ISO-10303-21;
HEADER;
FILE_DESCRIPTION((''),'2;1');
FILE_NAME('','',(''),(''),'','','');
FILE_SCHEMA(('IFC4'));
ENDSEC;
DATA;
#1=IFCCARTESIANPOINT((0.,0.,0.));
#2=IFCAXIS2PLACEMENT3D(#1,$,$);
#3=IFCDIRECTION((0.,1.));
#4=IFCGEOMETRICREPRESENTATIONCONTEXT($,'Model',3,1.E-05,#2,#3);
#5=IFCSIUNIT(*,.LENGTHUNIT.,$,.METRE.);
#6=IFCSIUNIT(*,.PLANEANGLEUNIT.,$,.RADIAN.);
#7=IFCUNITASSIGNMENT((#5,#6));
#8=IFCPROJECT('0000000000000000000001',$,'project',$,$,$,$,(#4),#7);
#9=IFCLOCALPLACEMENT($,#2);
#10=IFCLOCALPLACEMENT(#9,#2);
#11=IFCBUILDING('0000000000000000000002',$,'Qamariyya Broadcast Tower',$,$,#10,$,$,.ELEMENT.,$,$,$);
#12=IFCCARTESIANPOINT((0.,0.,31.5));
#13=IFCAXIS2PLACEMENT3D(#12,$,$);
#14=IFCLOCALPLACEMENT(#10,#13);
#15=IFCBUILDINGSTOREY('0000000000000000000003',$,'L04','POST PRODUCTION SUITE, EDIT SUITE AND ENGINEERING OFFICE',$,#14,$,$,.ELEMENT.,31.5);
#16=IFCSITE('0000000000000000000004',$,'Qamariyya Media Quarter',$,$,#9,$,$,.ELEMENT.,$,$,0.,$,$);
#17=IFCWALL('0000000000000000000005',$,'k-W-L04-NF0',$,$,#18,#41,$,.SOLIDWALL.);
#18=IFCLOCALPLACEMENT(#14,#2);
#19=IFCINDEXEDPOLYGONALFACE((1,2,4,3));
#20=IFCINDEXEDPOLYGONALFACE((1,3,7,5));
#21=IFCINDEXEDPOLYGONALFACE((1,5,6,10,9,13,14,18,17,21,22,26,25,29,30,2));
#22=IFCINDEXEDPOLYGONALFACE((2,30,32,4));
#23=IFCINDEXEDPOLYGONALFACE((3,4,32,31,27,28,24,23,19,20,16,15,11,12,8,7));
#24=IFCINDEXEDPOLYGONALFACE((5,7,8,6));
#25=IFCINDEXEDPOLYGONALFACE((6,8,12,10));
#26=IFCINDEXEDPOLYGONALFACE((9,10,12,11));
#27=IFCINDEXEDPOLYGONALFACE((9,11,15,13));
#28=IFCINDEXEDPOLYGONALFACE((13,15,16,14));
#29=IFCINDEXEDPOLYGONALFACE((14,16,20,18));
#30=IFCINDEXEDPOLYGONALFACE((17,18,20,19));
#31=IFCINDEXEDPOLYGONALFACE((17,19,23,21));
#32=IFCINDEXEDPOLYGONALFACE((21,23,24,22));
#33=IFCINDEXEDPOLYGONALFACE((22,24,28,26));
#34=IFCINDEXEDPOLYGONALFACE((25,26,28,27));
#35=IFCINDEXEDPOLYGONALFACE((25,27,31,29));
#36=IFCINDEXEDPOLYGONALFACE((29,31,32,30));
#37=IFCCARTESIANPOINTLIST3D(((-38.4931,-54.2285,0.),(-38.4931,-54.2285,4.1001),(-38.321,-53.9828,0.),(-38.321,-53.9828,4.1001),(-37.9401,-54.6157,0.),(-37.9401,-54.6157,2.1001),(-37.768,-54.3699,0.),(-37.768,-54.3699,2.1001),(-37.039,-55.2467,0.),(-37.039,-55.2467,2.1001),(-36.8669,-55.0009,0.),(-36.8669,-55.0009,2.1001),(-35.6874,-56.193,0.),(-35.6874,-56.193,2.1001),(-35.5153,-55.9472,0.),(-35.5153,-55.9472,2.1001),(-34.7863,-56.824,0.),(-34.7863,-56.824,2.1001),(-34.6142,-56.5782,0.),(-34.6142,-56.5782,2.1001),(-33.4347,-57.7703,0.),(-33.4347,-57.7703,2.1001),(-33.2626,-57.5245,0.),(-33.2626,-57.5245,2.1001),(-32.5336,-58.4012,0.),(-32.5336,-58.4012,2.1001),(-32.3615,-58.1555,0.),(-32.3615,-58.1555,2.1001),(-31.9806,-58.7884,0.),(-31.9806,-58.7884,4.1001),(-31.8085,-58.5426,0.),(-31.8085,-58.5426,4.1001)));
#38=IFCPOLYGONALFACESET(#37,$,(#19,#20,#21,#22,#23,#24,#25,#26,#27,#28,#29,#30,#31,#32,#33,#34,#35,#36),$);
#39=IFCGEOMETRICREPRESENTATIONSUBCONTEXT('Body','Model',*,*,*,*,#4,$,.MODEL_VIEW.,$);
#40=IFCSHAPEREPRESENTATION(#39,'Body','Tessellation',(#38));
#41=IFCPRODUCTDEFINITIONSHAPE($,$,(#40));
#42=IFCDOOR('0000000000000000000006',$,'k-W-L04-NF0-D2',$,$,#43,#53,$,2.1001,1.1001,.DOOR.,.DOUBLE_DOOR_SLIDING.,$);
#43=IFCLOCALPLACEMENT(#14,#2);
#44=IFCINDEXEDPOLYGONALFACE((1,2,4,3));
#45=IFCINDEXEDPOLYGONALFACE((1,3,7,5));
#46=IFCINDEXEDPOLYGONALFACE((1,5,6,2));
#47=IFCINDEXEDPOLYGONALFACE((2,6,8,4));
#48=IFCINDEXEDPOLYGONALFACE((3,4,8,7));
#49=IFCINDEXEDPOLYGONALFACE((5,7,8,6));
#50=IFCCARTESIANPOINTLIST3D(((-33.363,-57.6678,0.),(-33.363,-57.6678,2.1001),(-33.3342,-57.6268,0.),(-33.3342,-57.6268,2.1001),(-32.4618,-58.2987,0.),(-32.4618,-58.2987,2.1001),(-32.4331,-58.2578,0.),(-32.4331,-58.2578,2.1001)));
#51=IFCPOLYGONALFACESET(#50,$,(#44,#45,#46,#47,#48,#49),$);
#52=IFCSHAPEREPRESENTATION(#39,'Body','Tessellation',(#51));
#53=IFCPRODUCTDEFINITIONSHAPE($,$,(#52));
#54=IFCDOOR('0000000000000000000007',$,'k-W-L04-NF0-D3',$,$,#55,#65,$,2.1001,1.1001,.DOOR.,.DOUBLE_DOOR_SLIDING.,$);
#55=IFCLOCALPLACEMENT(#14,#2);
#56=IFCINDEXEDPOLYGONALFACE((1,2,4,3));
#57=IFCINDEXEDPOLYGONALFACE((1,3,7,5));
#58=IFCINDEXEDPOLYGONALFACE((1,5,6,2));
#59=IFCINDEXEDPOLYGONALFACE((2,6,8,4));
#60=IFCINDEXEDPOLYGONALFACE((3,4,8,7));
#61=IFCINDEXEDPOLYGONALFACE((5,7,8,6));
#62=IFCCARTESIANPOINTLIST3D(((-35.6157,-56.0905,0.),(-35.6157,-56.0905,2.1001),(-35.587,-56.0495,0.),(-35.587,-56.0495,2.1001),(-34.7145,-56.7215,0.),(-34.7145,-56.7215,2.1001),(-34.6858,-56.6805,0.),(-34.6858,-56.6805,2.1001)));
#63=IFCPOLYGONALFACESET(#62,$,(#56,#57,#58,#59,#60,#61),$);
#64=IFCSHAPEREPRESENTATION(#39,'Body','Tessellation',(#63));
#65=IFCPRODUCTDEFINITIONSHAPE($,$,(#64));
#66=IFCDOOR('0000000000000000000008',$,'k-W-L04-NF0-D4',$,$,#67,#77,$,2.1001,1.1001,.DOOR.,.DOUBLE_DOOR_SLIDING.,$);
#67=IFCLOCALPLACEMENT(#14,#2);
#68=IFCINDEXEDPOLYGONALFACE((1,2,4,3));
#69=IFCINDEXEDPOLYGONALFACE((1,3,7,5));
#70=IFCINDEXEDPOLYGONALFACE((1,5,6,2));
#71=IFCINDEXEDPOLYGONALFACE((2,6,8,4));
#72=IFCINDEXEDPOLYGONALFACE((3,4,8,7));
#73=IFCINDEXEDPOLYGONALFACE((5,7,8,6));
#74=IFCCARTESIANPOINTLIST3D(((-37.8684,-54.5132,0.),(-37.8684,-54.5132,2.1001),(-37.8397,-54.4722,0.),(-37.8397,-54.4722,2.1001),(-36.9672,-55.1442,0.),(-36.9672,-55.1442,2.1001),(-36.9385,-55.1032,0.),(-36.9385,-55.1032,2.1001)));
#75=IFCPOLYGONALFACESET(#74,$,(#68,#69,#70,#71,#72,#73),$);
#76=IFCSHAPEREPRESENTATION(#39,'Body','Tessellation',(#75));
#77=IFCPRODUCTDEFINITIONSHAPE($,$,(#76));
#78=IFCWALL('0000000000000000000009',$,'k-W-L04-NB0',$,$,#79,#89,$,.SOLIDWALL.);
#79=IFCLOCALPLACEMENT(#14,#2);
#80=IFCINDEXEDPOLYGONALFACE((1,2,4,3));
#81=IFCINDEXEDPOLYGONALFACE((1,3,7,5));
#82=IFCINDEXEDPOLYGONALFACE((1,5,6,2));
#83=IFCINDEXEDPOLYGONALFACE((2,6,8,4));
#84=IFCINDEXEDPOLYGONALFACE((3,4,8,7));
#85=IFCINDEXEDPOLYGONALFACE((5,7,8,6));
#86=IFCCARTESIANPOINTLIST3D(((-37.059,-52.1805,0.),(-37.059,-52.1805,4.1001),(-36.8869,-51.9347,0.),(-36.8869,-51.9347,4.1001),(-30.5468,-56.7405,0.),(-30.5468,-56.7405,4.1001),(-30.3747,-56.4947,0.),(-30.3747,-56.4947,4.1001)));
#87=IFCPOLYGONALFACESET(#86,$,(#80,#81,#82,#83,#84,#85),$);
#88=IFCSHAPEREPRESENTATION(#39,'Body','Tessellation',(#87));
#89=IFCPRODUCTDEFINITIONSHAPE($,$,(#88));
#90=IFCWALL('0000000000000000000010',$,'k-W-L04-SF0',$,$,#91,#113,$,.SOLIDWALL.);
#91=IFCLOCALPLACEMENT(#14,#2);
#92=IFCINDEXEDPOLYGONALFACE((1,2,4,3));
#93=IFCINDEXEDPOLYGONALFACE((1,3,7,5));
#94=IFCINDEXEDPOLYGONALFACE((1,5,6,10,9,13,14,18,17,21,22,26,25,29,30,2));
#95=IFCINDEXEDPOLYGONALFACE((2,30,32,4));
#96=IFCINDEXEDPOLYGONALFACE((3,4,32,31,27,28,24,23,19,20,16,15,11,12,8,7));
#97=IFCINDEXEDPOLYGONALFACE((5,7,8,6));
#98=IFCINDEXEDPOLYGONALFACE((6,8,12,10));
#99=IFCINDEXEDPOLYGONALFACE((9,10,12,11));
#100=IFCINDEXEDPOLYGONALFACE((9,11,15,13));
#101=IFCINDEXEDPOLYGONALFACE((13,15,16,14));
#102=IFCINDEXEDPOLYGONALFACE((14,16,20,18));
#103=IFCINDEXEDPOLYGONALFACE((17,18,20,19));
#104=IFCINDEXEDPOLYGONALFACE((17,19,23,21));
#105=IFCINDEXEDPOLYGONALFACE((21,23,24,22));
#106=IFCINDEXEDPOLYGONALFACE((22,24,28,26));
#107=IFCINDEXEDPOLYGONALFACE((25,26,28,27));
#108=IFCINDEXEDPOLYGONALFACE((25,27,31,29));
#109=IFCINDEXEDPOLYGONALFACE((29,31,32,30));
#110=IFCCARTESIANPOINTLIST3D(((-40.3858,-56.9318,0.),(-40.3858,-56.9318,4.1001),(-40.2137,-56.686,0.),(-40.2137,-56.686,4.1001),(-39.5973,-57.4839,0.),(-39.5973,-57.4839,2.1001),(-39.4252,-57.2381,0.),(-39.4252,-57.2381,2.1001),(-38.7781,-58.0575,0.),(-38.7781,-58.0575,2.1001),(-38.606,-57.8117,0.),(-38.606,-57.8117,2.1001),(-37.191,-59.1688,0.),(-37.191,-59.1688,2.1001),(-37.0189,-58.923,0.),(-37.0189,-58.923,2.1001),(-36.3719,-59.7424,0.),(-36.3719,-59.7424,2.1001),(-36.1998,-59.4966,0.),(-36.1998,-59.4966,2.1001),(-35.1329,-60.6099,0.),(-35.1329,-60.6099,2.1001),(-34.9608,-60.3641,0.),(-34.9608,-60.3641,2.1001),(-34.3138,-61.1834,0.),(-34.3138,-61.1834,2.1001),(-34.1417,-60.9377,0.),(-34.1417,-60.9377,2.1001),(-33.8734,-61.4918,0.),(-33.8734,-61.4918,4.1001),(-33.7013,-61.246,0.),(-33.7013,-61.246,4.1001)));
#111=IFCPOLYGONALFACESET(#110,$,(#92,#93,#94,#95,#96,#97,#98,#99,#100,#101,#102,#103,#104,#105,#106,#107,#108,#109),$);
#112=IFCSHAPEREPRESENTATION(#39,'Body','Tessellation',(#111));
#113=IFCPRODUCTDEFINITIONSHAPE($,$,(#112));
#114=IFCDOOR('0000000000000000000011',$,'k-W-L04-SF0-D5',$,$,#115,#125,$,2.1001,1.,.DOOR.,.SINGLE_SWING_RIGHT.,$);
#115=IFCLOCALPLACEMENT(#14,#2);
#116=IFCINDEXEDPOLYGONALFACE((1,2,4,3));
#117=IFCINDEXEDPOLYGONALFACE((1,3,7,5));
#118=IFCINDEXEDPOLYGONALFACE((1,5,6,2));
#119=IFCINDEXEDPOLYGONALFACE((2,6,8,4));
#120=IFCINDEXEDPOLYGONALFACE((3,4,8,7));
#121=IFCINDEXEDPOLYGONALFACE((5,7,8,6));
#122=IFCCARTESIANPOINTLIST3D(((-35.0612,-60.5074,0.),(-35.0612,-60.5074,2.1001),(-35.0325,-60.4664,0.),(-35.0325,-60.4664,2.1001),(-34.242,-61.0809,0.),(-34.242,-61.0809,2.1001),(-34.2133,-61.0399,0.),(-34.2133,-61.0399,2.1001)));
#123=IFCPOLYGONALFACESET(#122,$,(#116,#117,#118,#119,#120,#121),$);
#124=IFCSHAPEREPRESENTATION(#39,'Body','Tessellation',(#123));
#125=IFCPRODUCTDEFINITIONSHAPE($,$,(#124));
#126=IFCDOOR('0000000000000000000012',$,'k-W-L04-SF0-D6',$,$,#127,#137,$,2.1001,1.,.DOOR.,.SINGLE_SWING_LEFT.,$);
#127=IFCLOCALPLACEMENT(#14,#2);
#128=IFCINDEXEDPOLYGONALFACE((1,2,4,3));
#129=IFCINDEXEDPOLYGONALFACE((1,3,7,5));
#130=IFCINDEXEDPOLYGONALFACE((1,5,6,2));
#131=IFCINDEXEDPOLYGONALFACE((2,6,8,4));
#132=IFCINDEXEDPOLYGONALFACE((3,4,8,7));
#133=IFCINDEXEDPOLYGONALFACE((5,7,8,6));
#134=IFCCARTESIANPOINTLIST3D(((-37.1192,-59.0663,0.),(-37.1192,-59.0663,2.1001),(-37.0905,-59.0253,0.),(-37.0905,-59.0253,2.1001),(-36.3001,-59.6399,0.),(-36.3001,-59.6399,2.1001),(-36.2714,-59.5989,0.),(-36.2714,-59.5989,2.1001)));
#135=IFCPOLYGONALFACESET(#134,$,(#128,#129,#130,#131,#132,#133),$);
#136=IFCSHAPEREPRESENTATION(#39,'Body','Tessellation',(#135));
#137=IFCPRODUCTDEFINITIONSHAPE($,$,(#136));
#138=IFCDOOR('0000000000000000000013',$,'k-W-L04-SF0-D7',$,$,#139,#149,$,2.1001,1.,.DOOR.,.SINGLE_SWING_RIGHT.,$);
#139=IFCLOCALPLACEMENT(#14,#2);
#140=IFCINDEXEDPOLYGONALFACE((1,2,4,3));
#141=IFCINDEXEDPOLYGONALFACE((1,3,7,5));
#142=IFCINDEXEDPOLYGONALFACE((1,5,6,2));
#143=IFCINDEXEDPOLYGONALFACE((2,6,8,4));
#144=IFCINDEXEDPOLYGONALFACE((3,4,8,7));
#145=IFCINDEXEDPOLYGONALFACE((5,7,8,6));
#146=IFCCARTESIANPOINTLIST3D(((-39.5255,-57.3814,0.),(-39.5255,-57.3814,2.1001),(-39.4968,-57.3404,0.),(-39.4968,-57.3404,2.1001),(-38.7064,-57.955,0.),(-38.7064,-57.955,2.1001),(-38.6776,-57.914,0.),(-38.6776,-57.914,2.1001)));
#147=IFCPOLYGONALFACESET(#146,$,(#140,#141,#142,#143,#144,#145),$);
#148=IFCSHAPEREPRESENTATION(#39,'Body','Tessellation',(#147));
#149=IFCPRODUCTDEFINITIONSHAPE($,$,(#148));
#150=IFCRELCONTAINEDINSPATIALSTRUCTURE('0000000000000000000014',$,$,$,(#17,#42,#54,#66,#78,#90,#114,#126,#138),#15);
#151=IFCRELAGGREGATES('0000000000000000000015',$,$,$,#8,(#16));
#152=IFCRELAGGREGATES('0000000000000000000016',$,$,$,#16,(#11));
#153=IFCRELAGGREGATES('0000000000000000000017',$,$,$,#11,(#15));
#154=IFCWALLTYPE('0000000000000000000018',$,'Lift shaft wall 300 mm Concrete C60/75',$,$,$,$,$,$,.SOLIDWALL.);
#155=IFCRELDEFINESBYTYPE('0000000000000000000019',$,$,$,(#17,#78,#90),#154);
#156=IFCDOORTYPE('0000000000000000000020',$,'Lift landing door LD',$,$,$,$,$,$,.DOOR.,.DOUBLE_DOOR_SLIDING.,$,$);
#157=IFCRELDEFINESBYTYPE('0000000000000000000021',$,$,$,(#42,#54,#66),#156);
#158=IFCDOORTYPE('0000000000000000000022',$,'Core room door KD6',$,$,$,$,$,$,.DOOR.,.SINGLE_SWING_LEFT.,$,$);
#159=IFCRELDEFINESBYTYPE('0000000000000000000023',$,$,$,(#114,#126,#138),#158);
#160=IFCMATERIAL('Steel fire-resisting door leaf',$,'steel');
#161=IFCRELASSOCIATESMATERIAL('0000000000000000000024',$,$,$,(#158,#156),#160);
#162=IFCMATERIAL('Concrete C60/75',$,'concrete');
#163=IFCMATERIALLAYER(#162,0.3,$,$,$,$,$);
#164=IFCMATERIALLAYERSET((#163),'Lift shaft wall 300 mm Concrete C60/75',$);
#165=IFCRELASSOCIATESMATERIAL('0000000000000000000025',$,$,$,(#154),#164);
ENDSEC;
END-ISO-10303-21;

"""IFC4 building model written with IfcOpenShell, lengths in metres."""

from ifc_helpers import new_model, si_unit, direction, frame, frame_2d, origin, place, context, subcontext, project, spatial, rectangle, extrude, material, layer, layer_set, type_object, element, fill, save


model = new_model("IFC4")

# Units and contexts
model_context = context("Model", 3, precision=1e-05, world=origin(), true_north=direction((0.0, 1.0)))
body_context = subcontext(model_context, "Body", "Model", "MODEL_VIEW")
ifc_project = project(units=[si_unit("LENGTHUNIT", "METRE"), si_unit("PLANEANGLEUNIT", "RADIAN")], contexts=[model_context])

# Site, building, storey
site_placement = place(None, origin())
site = spatial("IfcSite", under=ifc_project, at=site_placement, Name="Qamariyya Media Quarter", CompositionType="ELEMENT", RefElevation=0.0)
building_placement = place(site_placement, origin())
building = spatial("IfcBuilding", under=site, at=building_placement, Name="Qamariyya Broadcast Tower", CompositionType="ELEMENT")
storey_placement = place(building_placement, frame((0.0, 0.0, 31.5)))
storey = spatial("IfcBuildingStorey", under=building, at=storey_placement, Name="L04", Description="POST PRODUCTION SUITE, EDIT SUITE AND ENGINEERING OFFICE", CompositionType="ELEMENT", Elevation=31.5)

# Shared definitions
ifc_material_1 = material(Name="Steel fire-resisting door leaf", Category="steel")
door_type_1 = type_object("IfcDoorType", Name="Core room door KD6", OperationType="SINGLE_SWING_LEFT", PredefinedType="DOOR", material=ifc_material_1)

# Wall, openings, doors
ifc_material_2 = material(Name="Concrete C60/75", Category="concrete")
ifc_layer_1 = layer(ifc_material_2, 0.3)
ifc_layer_set_1 = layer_set([ifc_layer_1], Name="Lift shaft wall 300 mm Concrete C60/75")
wall_type_1 = type_object("IfcWallType", Name="Lift shaft wall 300 mm Concrete C60/75", PredefinedType="SOLIDWALL", material=ifc_layer_set_1)
wall_1_placement = place(storey_placement, frame((-31.8945, -58.6655, 0.0), z_axis=(0.0, 0.0, 1.0), x_axis=(-0.819167, 0.573555, 0.0)))
wall_1 = element("IfcWall", 1, at=wall_1_placement, inside=storey, type_object=wall_type_1, Name="k-W-L04-NF0", PredefinedType="SOLIDWALL", context=body_context, shape_type="SweptSolid", body=[
    extrude(rectangle(XDim=7.9502, YDim=0.3, at=frame_2d((3.9751, 0.0))), origin(), (0.0, 0.0, 1.0), 4.1001),
])
opening_1_placement = place(wall_1_placement, frame((0.675, 0.0, 0.0)))
opening_1 = element("IfcOpeningElement", 2, at=opening_1_placement, cuts=wall_1, PredefinedType="OPENING", context=body_context, shape_type="SweptSolid", body=[
    extrude(rectangle(XDim=1.1001, YDim=2.1001, at=frame_2d((0.55, 1.05))), frame((0.0, 0.1599, 0.0), z_axis=(0.0, -1.0, 0.0), x_axis=(1.0, 0.0, 0.0)), (0.0, 0.0, 1.0), 0.3201),
])
opening_2_placement = place(wall_1_placement, frame((3.425, 0.0, 0.0)))
opening_2 = element("IfcOpeningElement", 3, at=opening_2_placement, cuts=wall_1, PredefinedType="OPENING", context=body_context, shape_type="SweptSolid", body=[
    extrude(rectangle(XDim=1.1001, YDim=2.1001, at=frame_2d((0.55, 1.05))), frame((0.0, 0.1599, 0.0), z_axis=(0.0, -1.0, 0.0), x_axis=(1.0, 0.0, 0.0)), (0.0, 0.0, 1.0), 0.3201),
])
opening_3_placement = place(wall_1_placement, frame((6.175, 0.0, 0.0)))
opening_3 = element("IfcOpeningElement", 4, at=opening_3_placement, cuts=wall_1, PredefinedType="OPENING", context=body_context, shape_type="SweptSolid", body=[
    extrude(rectangle(XDim=1.1001, YDim=2.1001, at=frame_2d((0.55, 1.05))), frame((0.0, 0.1599, 0.0), z_axis=(0.0, -1.0, 0.0), x_axis=(1.0, 0.0, 0.0)), (0.0, 0.0, 1.0), 0.3201),
])
door_type_2 = type_object("IfcDoorType", Name="Lift landing door LD", OperationType="DOUBLE_DOOR_SLIDING", PredefinedType="DOOR", material=ifc_material_1)
door_1_placement = place(opening_1_placement, origin())
door_1 = element("IfcDoor", 5, at=door_1_placement, inside=storey, type_object=door_type_2, Name="k-W-L04-NF0-D2", OperationType="DOUBLE_DOOR_SLIDING", OverallHeight=2.1001, OverallWidth=1.1001, PredefinedType="DOOR", context=body_context, shape_type="SweptSolid", body=[
    extrude(rectangle(XDim=1.1001, YDim=2.1001, at=frame_2d((0.55, 1.05))), frame((0.0, 0.0249, 0.0), z_axis=(0.0, -1.0, 0.0), x_axis=(1.0, 0.0, 0.0)), (0.0, 0.0, 1.0), 0.05),
])
fill(opening_1, door_1)
door_2_placement = place(opening_2_placement, origin())
door_2 = element("IfcDoor", 6, at=door_2_placement, inside=storey, type_object=door_type_2, Name="k-W-L04-NF0-D3", OperationType="DOUBLE_DOOR_SLIDING", OverallHeight=2.1001, OverallWidth=1.1001, PredefinedType="DOOR", context=body_context, shape_type="SweptSolid", body=[
    extrude(rectangle(XDim=1.1001, YDim=2.1001, at=frame_2d((0.55, 1.05))), frame((0.0, 0.0249, 0.0), z_axis=(0.0, -1.0, 0.0), x_axis=(1.0, 0.0, 0.0)), (0.0, 0.0, 1.0), 0.05),
])
fill(opening_2, door_2)
door_3_placement = place(opening_3_placement, origin())
door_3 = element("IfcDoor", 7, at=door_3_placement, inside=storey, type_object=door_type_2, Name="k-W-L04-NF0-D4", OperationType="DOUBLE_DOOR_SLIDING", OverallHeight=2.1001, OverallWidth=1.1001, PredefinedType="DOOR", context=body_context, shape_type="SweptSolid", body=[
    extrude(rectangle(XDim=1.1001, YDim=2.1001, at=frame_2d((0.55, 1.05))), frame((0.0, 0.0249, 0.0), z_axis=(0.0, -1.0, 0.0), x_axis=(1.0, 0.0, 0.0)), (0.0, 0.0, 1.0), 0.05),
])
fill(opening_3, door_3)

# Wall
wall_2_placement = place(storey_placement, frame((-30.4607, -56.6177, 0.0), z_axis=(0.0, 0.0, 1.0), x_axis=(-0.819142, 0.57359, 0.0)))
element("IfcWall", 8, at=wall_2_placement, inside=storey, type_object=wall_type_1, Name="k-W-L04-NB0", PredefinedType="SOLIDWALL", context=body_context, shape_type="SweptSolid", body=[
    extrude(rectangle(XDim=7.95, YDim=0.3, at=frame_2d((3.9751, 0.0))), origin(), (0.0, 0.0, 1.0), 4.1001),
])

# Wall, openings, doors
wall_3_placement = place(storey_placement, frame((-33.7874, -61.3689, 0.0), z_axis=(0.0, 0.0, 1.0), x_axis=(-0.819153, 0.573576, 0.0)))
wall_3 = element("IfcWall", 9, at=wall_3_placement, inside=storey, type_object=wall_type_1, Name="k-W-L04-SF0", PredefinedType="SOLIDWALL", context=body_context, shape_type="SweptSolid", body=[
    extrude(rectangle(XDim=7.9502, YDim=0.3, at=frame_2d((3.9751, 0.0))), origin(), (0.0, 0.0, 1.0), 4.1001),
])
opening_4_placement = place(wall_3_placement, frame((0.5376, 0.0, 0.0)))
opening_4 = element("IfcOpeningElement", 10, at=opening_4_placement, cuts=wall_3, PredefinedType="OPENING", context=body_context, shape_type="SweptSolid", body=[
    extrude(rectangle(XDim=1.0, YDim=2.1001, at=frame_2d((0.5, 1.05))), frame((0.0, 0.1599, 0.0), z_axis=(0.0, -1.0, 0.0), x_axis=(1.0, 0.0, 0.0)), (0.0, 0.0, 1.0), 0.3201),
])
opening_5_placement = place(wall_3_placement, frame((3.05, 0.0, 0.0)))
opening_5 = element("IfcOpeningElement", 11, at=opening_5_placement, cuts=wall_3, PredefinedType="OPENING", context=body_context, shape_type="SweptSolid", body=[
    extrude(rectangle(XDim=1.0, YDim=2.1001, at=frame_2d((0.5, 1.05))), frame((0.0, 0.1599, 0.0), z_axis=(0.0, -1.0, 0.0), x_axis=(1.0, 0.0, 0.0)), (0.0, 0.0, 1.0), 0.3201),
])
opening_6_placement = place(wall_3_placement, frame((5.9875, 0.0, 0.0)))
opening_6 = element("IfcOpeningElement", 12, at=opening_6_placement, cuts=wall_3, PredefinedType="OPENING", context=body_context, shape_type="SweptSolid", body=[
    extrude(rectangle(XDim=1.0, YDim=2.1001, at=frame_2d((0.5, 1.05))), frame((0.0, 0.1599, 0.0), z_axis=(0.0, -1.0, 0.0), x_axis=(1.0, 0.0, 0.0)), (0.0, 0.0, 1.0), 0.3201),
])
door_4_placement = place(opening_4_placement, origin())
door_4 = element("IfcDoor", 13, at=door_4_placement, inside=storey, type_object=door_type_1, Name="k-W-L04-SF0-D5", OperationType="SINGLE_SWING_RIGHT", OverallHeight=2.1001, OverallWidth=1.0, PredefinedType="DOOR", context=body_context, shape_type="SweptSolid", body=[
    extrude(rectangle(XDim=1.0, YDim=2.1001, at=frame_2d((0.5, 1.05))), frame((0.0, 0.0249, 0.0), z_axis=(0.0, -1.0, 0.0), x_axis=(1.0, 0.0, 0.0)), (0.0, 0.0, 1.0), 0.05),
])
fill(opening_4, door_4)
door_5_placement = place(opening_5_placement, origin())
door_5 = element("IfcDoor", 14, at=door_5_placement, inside=storey, type_object=door_type_1, Name="k-W-L04-SF0-D6", OperationType="SINGLE_SWING_LEFT", OverallHeight=2.1001, OverallWidth=1.0, PredefinedType="DOOR", context=body_context, shape_type="SweptSolid", body=[
    extrude(rectangle(XDim=1.0, YDim=2.1001, at=frame_2d((0.5, 1.05))), frame((0.0, 0.0249, 0.0), z_axis=(0.0, -1.0, 0.0), x_axis=(1.0, 0.0, 0.0)), (0.0, 0.0, 1.0), 0.05),
])
fill(opening_5, door_5)
door_6_placement = place(opening_6_placement, origin())
door_6 = element("IfcDoor", 15, at=door_6_placement, inside=storey, type_object=door_type_1, Name="k-W-L04-SF0-D7", OperationType="SINGLE_SWING_RIGHT", OverallHeight=2.1001, OverallWidth=1.0, PredefinedType="DOOR", context=body_context, shape_type="SweptSolid", body=[
    extrude(rectangle(XDim=1.0, YDim=2.1001, at=frame_2d((0.5, 1.05))), frame((0.0, 0.0249, 0.0), z_axis=(0.0, -1.0, 0.0), x_axis=(1.0, 0.0, 0.0)), (0.0, 0.0, 1.0), 0.05),
])
fill(opening_6, door_6)

save(model, "model.ifc")
